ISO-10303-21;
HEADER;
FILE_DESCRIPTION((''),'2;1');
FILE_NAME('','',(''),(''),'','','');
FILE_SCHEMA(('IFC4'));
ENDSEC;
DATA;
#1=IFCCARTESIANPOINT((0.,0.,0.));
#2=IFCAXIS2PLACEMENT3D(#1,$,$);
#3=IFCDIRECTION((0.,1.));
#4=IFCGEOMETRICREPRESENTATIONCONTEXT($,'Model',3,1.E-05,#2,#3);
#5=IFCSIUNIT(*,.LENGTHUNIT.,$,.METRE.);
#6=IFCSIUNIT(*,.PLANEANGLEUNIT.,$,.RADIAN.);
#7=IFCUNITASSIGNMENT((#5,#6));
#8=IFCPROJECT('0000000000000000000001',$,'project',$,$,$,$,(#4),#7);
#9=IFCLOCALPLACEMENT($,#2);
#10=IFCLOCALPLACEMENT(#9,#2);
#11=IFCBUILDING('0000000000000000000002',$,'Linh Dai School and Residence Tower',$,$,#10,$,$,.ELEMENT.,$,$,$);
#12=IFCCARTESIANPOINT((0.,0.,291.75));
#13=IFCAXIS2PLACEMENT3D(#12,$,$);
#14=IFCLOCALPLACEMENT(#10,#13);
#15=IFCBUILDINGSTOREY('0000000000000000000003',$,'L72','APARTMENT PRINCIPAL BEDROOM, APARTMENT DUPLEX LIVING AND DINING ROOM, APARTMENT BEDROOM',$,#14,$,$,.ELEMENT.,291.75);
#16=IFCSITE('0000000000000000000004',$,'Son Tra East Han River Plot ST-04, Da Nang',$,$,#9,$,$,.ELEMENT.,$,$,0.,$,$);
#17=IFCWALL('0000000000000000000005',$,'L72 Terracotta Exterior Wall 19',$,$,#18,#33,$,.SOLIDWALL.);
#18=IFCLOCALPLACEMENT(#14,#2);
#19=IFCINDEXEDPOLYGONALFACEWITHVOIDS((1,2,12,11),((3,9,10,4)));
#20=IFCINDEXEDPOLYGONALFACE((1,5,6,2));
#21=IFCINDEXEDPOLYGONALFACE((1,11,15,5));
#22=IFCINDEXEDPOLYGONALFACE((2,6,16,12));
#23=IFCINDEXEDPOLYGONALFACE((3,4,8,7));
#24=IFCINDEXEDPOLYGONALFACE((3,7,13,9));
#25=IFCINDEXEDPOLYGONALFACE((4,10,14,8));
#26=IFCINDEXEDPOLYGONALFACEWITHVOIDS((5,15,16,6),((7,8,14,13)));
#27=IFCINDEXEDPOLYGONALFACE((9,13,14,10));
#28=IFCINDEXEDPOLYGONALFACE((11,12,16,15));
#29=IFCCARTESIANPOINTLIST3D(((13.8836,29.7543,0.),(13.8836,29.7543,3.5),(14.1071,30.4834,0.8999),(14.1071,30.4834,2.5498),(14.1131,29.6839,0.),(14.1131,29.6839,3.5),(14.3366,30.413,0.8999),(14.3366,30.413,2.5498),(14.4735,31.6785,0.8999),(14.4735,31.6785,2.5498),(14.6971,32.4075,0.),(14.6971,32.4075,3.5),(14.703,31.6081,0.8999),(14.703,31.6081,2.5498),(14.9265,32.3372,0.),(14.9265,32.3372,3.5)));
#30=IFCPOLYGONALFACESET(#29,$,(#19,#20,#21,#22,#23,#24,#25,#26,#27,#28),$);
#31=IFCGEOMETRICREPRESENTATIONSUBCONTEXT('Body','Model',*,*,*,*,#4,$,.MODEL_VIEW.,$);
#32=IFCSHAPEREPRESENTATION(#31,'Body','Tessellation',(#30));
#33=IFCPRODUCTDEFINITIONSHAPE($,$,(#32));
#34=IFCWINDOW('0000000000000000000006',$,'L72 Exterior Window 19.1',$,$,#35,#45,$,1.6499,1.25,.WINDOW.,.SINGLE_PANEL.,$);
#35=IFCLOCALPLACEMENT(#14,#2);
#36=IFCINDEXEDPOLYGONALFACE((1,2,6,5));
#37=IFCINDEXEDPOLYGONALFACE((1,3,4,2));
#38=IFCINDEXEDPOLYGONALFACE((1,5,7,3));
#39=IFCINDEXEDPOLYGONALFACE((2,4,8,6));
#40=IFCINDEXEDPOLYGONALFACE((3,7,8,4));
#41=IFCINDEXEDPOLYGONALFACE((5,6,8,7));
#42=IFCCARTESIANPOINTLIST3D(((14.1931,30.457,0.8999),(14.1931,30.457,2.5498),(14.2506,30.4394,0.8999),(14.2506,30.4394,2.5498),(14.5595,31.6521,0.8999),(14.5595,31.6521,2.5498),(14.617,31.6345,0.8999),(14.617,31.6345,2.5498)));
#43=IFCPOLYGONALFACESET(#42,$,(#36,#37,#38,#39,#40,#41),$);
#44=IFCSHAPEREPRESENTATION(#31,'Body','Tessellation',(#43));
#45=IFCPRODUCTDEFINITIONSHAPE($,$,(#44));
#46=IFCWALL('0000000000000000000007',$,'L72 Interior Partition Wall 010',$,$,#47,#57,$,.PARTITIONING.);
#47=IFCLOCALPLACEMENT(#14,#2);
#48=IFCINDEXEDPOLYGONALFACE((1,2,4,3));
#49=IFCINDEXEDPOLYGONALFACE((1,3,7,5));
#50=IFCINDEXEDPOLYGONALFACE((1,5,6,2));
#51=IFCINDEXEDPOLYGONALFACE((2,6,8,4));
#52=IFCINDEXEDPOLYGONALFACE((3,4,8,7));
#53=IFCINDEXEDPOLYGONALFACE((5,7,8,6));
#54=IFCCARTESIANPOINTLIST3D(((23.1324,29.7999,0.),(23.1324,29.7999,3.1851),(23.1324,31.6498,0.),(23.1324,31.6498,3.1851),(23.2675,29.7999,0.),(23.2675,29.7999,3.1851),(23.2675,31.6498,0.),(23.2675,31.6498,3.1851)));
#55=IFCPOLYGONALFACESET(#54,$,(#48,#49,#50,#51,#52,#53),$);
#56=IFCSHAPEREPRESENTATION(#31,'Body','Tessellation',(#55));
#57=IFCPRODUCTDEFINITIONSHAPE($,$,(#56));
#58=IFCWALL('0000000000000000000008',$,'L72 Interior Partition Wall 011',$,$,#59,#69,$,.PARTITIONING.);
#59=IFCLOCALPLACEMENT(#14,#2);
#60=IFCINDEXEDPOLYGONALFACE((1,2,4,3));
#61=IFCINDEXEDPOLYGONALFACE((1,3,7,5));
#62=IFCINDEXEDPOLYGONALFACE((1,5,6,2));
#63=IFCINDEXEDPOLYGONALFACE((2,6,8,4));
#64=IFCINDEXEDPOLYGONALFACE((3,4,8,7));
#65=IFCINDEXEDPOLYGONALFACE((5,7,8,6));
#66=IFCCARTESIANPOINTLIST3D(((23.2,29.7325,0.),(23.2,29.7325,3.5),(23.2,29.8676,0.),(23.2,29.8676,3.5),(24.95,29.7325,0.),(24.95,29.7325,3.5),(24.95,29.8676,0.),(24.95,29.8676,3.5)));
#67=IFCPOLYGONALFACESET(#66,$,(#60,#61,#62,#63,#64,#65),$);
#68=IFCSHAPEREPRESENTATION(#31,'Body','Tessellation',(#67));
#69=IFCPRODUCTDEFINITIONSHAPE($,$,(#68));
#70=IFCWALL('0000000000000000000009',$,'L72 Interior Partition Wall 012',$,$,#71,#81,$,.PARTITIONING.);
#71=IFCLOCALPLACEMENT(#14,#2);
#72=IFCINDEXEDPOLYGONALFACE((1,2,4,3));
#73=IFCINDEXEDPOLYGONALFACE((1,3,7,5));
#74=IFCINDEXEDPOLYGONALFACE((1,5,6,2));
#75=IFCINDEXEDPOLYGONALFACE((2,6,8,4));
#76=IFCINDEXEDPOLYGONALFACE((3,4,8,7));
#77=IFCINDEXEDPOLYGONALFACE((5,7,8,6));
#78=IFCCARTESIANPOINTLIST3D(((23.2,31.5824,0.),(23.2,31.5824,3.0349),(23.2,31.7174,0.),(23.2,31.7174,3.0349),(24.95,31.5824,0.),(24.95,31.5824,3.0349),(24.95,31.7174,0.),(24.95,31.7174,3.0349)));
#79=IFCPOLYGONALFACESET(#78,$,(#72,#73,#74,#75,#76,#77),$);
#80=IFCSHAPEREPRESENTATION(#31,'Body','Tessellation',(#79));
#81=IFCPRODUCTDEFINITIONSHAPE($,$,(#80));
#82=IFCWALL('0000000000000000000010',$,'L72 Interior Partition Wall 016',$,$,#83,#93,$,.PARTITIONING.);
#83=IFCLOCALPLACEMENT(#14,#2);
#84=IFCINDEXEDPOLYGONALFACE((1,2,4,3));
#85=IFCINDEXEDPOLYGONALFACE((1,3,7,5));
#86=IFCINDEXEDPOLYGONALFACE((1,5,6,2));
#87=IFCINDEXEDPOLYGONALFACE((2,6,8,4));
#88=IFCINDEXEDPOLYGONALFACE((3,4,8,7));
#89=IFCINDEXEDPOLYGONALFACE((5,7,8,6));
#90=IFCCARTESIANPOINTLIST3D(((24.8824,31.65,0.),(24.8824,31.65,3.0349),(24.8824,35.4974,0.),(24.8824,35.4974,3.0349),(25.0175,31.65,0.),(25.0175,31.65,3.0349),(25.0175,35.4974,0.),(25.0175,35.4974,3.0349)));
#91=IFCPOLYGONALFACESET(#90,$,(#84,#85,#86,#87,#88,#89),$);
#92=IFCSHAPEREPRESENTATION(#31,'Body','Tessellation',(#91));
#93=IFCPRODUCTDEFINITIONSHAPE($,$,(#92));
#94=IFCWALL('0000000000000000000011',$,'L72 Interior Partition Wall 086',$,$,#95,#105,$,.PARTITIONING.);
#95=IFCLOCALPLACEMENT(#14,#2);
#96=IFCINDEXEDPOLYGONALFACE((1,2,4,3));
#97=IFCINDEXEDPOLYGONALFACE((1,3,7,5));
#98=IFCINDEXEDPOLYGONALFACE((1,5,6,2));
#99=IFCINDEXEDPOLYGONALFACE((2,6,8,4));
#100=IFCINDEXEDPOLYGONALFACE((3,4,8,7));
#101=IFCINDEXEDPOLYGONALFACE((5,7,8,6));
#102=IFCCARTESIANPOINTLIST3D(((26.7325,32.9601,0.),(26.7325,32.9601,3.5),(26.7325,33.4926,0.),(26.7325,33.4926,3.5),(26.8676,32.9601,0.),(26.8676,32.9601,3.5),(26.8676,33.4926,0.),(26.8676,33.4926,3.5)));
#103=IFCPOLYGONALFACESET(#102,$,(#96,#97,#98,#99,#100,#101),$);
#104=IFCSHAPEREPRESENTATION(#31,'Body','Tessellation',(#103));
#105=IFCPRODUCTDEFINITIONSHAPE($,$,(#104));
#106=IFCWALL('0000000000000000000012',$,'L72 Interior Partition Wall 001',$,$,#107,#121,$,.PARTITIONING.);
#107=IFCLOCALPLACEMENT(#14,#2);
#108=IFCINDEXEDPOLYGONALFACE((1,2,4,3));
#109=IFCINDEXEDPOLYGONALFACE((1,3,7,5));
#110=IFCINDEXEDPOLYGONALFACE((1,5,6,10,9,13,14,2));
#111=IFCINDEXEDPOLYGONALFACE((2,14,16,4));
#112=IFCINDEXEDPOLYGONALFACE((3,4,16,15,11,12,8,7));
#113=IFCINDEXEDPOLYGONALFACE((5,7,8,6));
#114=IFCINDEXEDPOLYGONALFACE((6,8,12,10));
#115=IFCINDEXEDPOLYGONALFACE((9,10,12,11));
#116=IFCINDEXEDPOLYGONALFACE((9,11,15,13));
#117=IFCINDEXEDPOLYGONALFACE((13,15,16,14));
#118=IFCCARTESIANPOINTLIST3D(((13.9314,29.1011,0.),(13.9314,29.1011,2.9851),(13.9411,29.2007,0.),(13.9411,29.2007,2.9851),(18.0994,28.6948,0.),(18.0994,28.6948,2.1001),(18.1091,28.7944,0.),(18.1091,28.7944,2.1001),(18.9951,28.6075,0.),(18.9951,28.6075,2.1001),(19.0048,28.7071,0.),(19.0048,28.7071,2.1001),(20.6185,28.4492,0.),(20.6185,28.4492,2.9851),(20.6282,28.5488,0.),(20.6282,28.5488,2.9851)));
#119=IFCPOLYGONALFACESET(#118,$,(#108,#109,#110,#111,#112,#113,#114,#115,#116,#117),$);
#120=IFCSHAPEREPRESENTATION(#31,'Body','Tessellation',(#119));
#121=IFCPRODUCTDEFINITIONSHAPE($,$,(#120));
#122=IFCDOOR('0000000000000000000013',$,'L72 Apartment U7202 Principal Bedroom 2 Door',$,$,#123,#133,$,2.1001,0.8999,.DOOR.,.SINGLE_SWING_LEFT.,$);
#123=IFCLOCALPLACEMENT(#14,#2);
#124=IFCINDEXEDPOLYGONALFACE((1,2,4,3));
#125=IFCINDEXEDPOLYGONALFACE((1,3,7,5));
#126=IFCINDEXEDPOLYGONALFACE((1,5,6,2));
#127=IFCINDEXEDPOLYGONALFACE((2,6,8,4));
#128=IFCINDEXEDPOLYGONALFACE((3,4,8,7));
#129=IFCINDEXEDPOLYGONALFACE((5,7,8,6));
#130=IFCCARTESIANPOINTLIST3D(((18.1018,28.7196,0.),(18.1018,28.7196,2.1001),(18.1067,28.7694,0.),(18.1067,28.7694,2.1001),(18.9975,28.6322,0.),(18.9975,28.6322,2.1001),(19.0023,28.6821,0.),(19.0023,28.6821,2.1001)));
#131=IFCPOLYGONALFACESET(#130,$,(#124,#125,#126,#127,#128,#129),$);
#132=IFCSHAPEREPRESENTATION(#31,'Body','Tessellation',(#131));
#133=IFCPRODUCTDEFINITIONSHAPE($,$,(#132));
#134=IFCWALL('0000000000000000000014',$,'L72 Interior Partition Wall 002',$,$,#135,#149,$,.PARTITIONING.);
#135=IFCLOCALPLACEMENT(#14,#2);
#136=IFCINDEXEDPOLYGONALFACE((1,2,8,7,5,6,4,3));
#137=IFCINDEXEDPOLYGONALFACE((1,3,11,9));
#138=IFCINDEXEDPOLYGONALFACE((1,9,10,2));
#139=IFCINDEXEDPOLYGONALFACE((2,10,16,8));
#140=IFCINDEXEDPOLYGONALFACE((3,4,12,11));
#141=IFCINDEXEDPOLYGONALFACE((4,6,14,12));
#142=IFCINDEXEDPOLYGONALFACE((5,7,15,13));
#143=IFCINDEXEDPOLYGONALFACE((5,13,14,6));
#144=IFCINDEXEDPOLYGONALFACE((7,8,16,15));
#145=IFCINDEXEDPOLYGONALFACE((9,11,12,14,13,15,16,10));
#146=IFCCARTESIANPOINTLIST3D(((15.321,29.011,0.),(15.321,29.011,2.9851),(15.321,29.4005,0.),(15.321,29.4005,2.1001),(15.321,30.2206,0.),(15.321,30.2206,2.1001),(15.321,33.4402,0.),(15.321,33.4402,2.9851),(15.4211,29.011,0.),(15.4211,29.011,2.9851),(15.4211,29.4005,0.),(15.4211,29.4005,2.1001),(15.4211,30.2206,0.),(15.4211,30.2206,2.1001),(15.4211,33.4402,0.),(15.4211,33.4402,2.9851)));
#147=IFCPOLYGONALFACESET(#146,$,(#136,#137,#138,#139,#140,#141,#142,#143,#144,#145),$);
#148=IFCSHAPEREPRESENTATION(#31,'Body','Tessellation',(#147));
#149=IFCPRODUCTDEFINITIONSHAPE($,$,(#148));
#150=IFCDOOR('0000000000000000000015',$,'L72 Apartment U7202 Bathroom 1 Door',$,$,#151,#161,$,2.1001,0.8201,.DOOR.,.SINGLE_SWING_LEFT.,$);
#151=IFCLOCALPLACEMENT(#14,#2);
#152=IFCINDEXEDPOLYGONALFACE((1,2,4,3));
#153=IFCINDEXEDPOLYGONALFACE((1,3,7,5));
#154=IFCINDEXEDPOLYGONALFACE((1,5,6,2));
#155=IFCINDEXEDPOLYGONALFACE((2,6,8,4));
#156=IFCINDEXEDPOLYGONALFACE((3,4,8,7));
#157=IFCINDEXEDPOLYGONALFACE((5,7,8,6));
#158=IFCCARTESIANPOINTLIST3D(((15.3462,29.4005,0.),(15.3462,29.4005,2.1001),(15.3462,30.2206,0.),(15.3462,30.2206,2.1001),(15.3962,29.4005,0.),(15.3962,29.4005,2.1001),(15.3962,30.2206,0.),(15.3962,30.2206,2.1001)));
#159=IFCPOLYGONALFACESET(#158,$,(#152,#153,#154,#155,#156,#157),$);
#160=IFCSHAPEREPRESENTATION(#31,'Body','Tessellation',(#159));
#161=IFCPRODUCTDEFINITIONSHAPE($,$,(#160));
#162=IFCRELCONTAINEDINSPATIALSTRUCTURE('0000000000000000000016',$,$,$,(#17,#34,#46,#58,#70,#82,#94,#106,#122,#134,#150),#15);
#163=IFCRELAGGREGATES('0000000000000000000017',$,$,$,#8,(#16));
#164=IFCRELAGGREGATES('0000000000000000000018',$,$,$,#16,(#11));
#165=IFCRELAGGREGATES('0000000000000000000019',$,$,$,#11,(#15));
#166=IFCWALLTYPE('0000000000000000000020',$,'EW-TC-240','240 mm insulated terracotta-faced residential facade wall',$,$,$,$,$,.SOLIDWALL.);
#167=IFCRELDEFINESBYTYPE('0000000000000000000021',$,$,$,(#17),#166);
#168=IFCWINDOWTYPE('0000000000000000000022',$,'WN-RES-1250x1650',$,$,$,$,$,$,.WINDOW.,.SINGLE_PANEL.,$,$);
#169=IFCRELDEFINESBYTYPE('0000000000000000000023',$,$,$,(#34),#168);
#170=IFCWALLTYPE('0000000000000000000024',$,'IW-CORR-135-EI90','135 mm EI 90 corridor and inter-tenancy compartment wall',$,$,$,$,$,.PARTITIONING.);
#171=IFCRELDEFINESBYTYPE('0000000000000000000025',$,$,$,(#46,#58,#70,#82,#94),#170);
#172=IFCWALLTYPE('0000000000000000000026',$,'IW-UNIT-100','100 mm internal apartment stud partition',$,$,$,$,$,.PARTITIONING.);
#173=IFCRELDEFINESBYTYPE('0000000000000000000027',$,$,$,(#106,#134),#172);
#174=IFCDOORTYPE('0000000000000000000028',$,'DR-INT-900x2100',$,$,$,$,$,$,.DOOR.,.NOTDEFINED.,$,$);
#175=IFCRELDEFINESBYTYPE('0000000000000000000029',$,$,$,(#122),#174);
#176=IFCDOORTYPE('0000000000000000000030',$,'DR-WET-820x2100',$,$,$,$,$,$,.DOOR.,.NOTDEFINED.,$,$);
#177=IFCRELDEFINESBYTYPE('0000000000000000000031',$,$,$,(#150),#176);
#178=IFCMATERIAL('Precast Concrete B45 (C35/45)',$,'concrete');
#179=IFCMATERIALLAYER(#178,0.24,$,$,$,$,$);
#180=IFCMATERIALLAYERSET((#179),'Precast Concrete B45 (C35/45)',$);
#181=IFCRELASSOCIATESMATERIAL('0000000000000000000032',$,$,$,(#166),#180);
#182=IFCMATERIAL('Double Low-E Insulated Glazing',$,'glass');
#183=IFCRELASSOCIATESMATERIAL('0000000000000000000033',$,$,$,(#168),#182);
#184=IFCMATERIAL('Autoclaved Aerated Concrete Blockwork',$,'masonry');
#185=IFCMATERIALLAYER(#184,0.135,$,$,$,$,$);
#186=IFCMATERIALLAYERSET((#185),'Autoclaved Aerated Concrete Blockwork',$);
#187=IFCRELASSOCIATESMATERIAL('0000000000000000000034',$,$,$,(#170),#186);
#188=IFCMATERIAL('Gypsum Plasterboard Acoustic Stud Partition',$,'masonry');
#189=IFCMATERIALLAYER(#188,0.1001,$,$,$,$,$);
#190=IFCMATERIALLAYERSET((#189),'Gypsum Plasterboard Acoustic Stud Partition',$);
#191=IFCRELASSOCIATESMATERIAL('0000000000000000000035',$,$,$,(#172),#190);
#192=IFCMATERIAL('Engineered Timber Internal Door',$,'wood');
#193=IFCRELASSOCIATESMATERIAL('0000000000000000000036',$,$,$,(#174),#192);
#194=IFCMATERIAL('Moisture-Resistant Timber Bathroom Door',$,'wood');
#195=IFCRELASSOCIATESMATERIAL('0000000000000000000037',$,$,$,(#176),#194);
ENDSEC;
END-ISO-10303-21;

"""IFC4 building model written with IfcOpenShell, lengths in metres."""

from ifc_helpers import new_model, si_unit, direction, frame, frame_2d, origin, origin_2d, place, context, subcontext, project, spatial, rectangle, extrude, source, transform, mapped, material, layer, layer_set, type_object, element, fill, save


model = new_model("IFC4")

# Units and contexts
model_context = context("Model", 3, precision=1e-05, world=origin(), true_north=direction((0.0, 1.0)))
body_context = subcontext(model_context, "Body", "Model", "MODEL_VIEW")
ifc_project = project(units=[si_unit("LENGTHUNIT", "METRE"), si_unit("PLANEANGLEUNIT", "RADIAN")], contexts=[model_context])

# Site, building, storey
site_placement = place(None, origin())
site = spatial("IfcSite", under=ifc_project, at=site_placement, Name="Son Tra East Han River Plot ST-04, Da Nang", CompositionType="ELEMENT", RefElevation=0.0)
building_placement = place(site_placement, origin())
building = spatial("IfcBuilding", under=site, at=building_placement, Name="Linh Dai School and Residence Tower", CompositionType="ELEMENT")
storey_placement = place(building_placement, frame((0.0, 0.0, 291.75)))
storey = spatial("IfcBuildingStorey", under=building, at=storey_placement, Name="L72", Description="APARTMENT PRINCIPAL BEDROOM, APARTMENT DUPLEX LIVING AND DINING ROOM, APARTMENT BEDROOM", CompositionType="ELEMENT", Elevation=291.75)

# Shared definitions
ifc_material_1 = material(Name="Precast Concrete B45 (C35/45)", Category="concrete")
ifc_layer_1 = layer(ifc_material_1, 0.24)
ifc_layer_set_1 = layer_set([ifc_layer_1], Name="Precast Concrete B45 (C35/45)")
wall_type_1 = type_object("IfcWallType", Name="EW-TC-240", Description="240 mm insulated terracotta-faced residential facade wall", PredefinedType="SOLIDWALL", material=ifc_layer_set_1)

# Wall, opening, window
wall_1_placement = place(storey_placement, frame((13.9983, 29.719, 0.0), z_axis=(0.0, 0.0, 1.0), x_axis=(0.293121, 0.956075, 0.0)))
wall_1 = element("IfcWall", 1, at=wall_1_placement, inside=storey, type_object=wall_type_1, Name="L72 Terracotta Exterior Wall 19", PredefinedType="SOLIDWALL", context=body_context, shape_type="SweptSolid", body=[
    extrude(rectangle(XDim=2.7751, YDim=0.24, at=frame_2d((1.3877, 0.0))), origin(), (0.0, 0.0, 1.0), 3.5),
])
opening_1_placement = place(wall_1_placement, frame((0.7627, 0.0, 0.8999)))
opening_1 = element("IfcOpeningElement", 2, at=opening_1_placement, cuts=wall_1, PredefinedType="OPENING", context=body_context, shape_type="SweptSolid", body=[
    extrude(rectangle(XDim=1.25, YDim=1.6499, at=origin_2d()), frame((0.625, 0.1299, 0.825), z_axis=(0.0, -1.0, 0.0), x_axis=(1.0, 0.0, 0.0)), (0.0, 0.0, 1.0), 0.26),
])
ifc_material_2 = material(Name="Double Low-E Insulated Glazing", Category="glass")
window_type = type_object("IfcWindowType", Name="WN-RES-1250x1650", PartitioningType="SINGLE_PANEL", PredefinedType="WINDOW", material=ifc_material_2)
shared_shape_1 = source(origin(), body_context, "Body", "SweptSolid", [
    extrude(rectangle(XDim=1.25, YDim=1.6499, at=origin_2d()), frame((0.625, 0.03, 0.825), z_axis=(0.0, -1.0, 0.0), x_axis=(1.0, 0.0, 0.0)), (0.0, 0.0, 1.0), 0.0601),
])
window_placement = place(opening_1_placement, origin())
window = element("IfcWindow", 3, at=window_placement, inside=storey, type_object=window_type, Name="L72 Exterior Window 19.1", OverallHeight=1.6499, OverallWidth=1.25, PartitioningType="SINGLE_PANEL", PredefinedType="WINDOW", context=body_context, shape_type="MappedRepresentation", body=[
    mapped(shared_shape_1, transform((0.0, 0.0, 0.0), x_axis=(1.0, 0.0, 0.0), y_axis=(0.0, 1.0, 0.0), z_axis=(0.0, 0.0, 1.0), scale=1.0)),
])
fill(opening_1, window)

# Walls
ifc_material_3 = material(Name="Autoclaved Aerated Concrete Blockwork", Category="masonry")
ifc_layer_2 = layer(ifc_material_3, 0.135)
ifc_layer_set_2 = layer_set([ifc_layer_2], Name="Autoclaved Aerated Concrete Blockwork")
wall_type_2 = type_object("IfcWallType", Name="IW-CORR-135-EI90", Description="135 mm EI 90 corridor and inter-tenancy compartment wall", PredefinedType="PARTITIONING", material=ifc_layer_set_2)
wall_2_placement = place(storey_placement, frame((23.2, 29.8, 0.0), z_axis=(0.0, 0.0, 1.0), x_axis=(0.0, 1.0, 0.0)))
element("IfcWall", 4, at=wall_2_placement, inside=storey, type_object=wall_type_2, Name="L72 Interior Partition Wall 010", PredefinedType="PARTITIONING", context=body_context, shape_type="SweptSolid", body=[
    extrude(rectangle(XDim=1.8499, YDim=0.135, at=frame_2d((0.9248, 0.0))), origin(), (0.0, 0.0, 1.0), 3.1851),
])
wall_3_placement = place(storey_placement, frame((23.2, 29.8, 0.0), z_axis=(0.0, 0.0, 1.0), x_axis=(1.0, 0.0, 0.0)))
element("IfcWall", 5, at=wall_3_placement, inside=storey, type_object=wall_type_2, Name="L72 Interior Partition Wall 011", PredefinedType="PARTITIONING", context=body_context, shape_type="SweptSolid", body=[
    extrude(rectangle(XDim=1.75, YDim=0.135, at=frame_2d((0.875, 0.0))), origin(), (0.0, 0.0, 1.0), 3.5),
])
wall_4_placement = place(storey_placement, frame((23.2, 31.6499, 0.0), z_axis=(0.0, 0.0, 1.0), x_axis=(1.0, 0.0, 0.0)))
element("IfcWall", 6, at=wall_4_placement, inside=storey, type_object=wall_type_2, Name="L72 Interior Partition Wall 012", PredefinedType="PARTITIONING", context=body_context, shape_type="SweptSolid", body=[
    extrude(rectangle(XDim=1.75, YDim=0.135, at=frame_2d((0.875, 0.0))), origin(), (0.0, 0.0, 1.0), 3.0349),
])
wall_5_placement = place(storey_placement, frame((24.95, 31.6499, 0.0), z_axis=(0.0, 0.0, 1.0), x_axis=(0.0, 1.0, 0.0)))
element("IfcWall", 7, at=wall_5_placement, inside=storey, type_object=wall_type_2, Name="L72 Interior Partition Wall 016", PredefinedType="PARTITIONING", context=body_context, shape_type="SweptSolid", body=[
    extrude(rectangle(XDim=3.8474, YDim=0.135, at=frame_2d((1.9238, 0.0))), origin(), (0.0, 0.0, 1.0), 3.0349),
])
wall_6_placement = place(storey_placement, frame((26.8, 33.4924, 0.0), z_axis=(0.0, 0.0, 1.0), x_axis=(0.0, -1.0, 0.0)))
element("IfcWall", 8, at=wall_6_placement, inside=storey, type_object=wall_type_2, Name="L72 Interior Partition Wall 086", PredefinedType="PARTITIONING", context=body_context, shape_type="SweptSolid", body=[
    extrude(rectangle(XDim=0.5325, YDim=0.135, at=frame_2d((0.2661, 0.0))), origin(), (0.0, 0.0, 1.0), 3.5),
])

# Walls, openings, doors
ifc_material_4 = material(Name="Gypsum Plasterboard Acoustic Stud Partition", Category="masonry")
ifc_layer_3 = layer(ifc_material_4, 0.1001)
ifc_layer_set_3 = layer_set([ifc_layer_3], Name="Gypsum Plasterboard Acoustic Stud Partition")
wall_type_3 = type_object("IfcWallType", Name="IW-UNIT-100", Description="100 mm internal apartment stud partition", PredefinedType="PARTITIONING", material=ifc_layer_set_3)
wall_7_placement = place(storey_placement, frame((13.9363, 29.1509, 0.0), z_axis=(0.0, 0.0, 1.0), x_axis=(0.995282, -0.097021, 0.0)))
wall_7 = element("IfcWall", 9, at=wall_7_placement, inside=storey, type_object=wall_type_3, Name="L72 Interior Partition Wall 001", PredefinedType="PARTITIONING", context=body_context, shape_type="SweptSolid", body=[
    extrude(rectangle(XDim=6.7188, YDim=0.1001, at=frame_2d((3.3594, 0.0))), origin(), (0.0, 0.0, 1.0), 2.9851),
])
opening_2_placement = place(wall_7_placement, frame((4.1877, 0.0, 0.0)))
opening_2 = element("IfcOpeningElement", 10, at=opening_2_placement, cuts=wall_7, PredefinedType="OPENING", context=body_context, shape_type="SweptSolid", body=[
    extrude(rectangle(XDim=0.8999, YDim=2.1001, at=origin_2d()), frame((0.45, 0.0601, 1.05), z_axis=(0.0, -1.0, 0.0), x_axis=(1.0, 0.0, 0.0)), (0.0, 0.0, 1.0), 0.1201),
])
ifc_material_5 = material(Name="Engineered Timber Internal Door", Category="wood")
door_type_1 = type_object("IfcDoorType", Name="DR-INT-900x2100", OperationType="NOTDEFINED", PredefinedType="DOOR", material=ifc_material_5)
shared_shape_2 = source(origin(), body_context, "Body", "SweptSolid", [
    extrude(rectangle(XDim=0.8999, YDim=2.1001, at=origin_2d()), frame((0.45, 0.0249, 1.05), z_axis=(0.0, -1.0, 0.0), x_axis=(1.0, 0.0, 0.0)), (0.0, 0.0, 1.0), 0.05),
])
door_1_placement = place(opening_2_placement, origin())
door_1 = element("IfcDoor", 11, at=door_1_placement, inside=storey, type_object=door_type_1, Name="L72 Apartment U7202 Principal Bedroom 2 Door", OperationType="SINGLE_SWING_LEFT", OverallHeight=2.1001, OverallWidth=0.8999, PredefinedType="DOOR", context=body_context, shape_type="MappedRepresentation", body=[
    mapped(shared_shape_2, transform((0.0, 0.0, 0.0), x_axis=(1.0, 0.0, 0.0), y_axis=(0.0, 1.0, 0.0), z_axis=(0.0, 0.0, 1.0), scale=1.0)),
])
fill(opening_2, door_1)
wall_8_placement = place(storey_placement, frame((15.3711, 29.011, 0.0), z_axis=(0.0, 0.0, 1.0), x_axis=(0.0, 1.0, 0.0)))
wall_8 = element("IfcWall", 12, at=wall_8_placement, inside=storey, type_object=wall_type_3, Name="L72 Interior Partition Wall 002", PredefinedType="PARTITIONING", context=body_context, shape_type="SweptSolid", body=[
    extrude(rectangle(XDim=4.4292, YDim=0.1001, at=frame_2d((2.2146, 0.0))), origin(), (0.0, 0.0, 1.0), 2.9851),
])
opening_3_placement = place(wall_8_placement, frame((0.3894, 0.0, 0.0)))
opening_3 = element("IfcOpeningElement", 13, at=opening_3_placement, cuts=wall_8, PredefinedType="OPENING", context=body_context, shape_type="SweptSolid", body=[
    extrude(rectangle(XDim=0.8201, YDim=2.1001, at=origin_2d()), frame((0.4102, 0.0601, 1.05), z_axis=(0.0, -1.0, 0.0), x_axis=(1.0, 0.0, 0.0)), (0.0, 0.0, 1.0), 0.1201),
])
ifc_material_6 = material(Name="Moisture-Resistant Timber Bathroom Door", Category="wood")
door_type_2 = type_object("IfcDoorType", Name="DR-WET-820x2100", OperationType="NOTDEFINED", PredefinedType="DOOR", material=ifc_material_6)
shared_shape_3 = source(origin(), body_context, "Body", "SweptSolid", [
    extrude(rectangle(XDim=0.8201, YDim=2.1001, at=origin_2d()), frame((0.4102, 0.0249, 1.05), z_axis=(0.0, -1.0, 0.0), x_axis=(1.0, 0.0, 0.0)), (0.0, 0.0, 1.0), 0.05),
])
door_2_placement = place(opening_3_placement, origin())
door_2 = element("IfcDoor", 14, at=door_2_placement, inside=storey, type_object=door_type_2, Name="L72 Apartment U7202 Bathroom 1 Door", OperationType="SINGLE_SWING_LEFT", OverallHeight=2.1001, OverallWidth=0.8201, PredefinedType="DOOR", context=body_context, shape_type="MappedRepresentation", body=[
    mapped(shared_shape_3, transform((0.0, 0.0, 0.0), x_axis=(1.0, 0.0, 0.0), y_axis=(0.0, 1.0, 0.0), z_axis=(0.0, 0.0, 1.0), scale=1.0)),
])
fill(opening_3, door_2)

save(model, "model.ifc")
